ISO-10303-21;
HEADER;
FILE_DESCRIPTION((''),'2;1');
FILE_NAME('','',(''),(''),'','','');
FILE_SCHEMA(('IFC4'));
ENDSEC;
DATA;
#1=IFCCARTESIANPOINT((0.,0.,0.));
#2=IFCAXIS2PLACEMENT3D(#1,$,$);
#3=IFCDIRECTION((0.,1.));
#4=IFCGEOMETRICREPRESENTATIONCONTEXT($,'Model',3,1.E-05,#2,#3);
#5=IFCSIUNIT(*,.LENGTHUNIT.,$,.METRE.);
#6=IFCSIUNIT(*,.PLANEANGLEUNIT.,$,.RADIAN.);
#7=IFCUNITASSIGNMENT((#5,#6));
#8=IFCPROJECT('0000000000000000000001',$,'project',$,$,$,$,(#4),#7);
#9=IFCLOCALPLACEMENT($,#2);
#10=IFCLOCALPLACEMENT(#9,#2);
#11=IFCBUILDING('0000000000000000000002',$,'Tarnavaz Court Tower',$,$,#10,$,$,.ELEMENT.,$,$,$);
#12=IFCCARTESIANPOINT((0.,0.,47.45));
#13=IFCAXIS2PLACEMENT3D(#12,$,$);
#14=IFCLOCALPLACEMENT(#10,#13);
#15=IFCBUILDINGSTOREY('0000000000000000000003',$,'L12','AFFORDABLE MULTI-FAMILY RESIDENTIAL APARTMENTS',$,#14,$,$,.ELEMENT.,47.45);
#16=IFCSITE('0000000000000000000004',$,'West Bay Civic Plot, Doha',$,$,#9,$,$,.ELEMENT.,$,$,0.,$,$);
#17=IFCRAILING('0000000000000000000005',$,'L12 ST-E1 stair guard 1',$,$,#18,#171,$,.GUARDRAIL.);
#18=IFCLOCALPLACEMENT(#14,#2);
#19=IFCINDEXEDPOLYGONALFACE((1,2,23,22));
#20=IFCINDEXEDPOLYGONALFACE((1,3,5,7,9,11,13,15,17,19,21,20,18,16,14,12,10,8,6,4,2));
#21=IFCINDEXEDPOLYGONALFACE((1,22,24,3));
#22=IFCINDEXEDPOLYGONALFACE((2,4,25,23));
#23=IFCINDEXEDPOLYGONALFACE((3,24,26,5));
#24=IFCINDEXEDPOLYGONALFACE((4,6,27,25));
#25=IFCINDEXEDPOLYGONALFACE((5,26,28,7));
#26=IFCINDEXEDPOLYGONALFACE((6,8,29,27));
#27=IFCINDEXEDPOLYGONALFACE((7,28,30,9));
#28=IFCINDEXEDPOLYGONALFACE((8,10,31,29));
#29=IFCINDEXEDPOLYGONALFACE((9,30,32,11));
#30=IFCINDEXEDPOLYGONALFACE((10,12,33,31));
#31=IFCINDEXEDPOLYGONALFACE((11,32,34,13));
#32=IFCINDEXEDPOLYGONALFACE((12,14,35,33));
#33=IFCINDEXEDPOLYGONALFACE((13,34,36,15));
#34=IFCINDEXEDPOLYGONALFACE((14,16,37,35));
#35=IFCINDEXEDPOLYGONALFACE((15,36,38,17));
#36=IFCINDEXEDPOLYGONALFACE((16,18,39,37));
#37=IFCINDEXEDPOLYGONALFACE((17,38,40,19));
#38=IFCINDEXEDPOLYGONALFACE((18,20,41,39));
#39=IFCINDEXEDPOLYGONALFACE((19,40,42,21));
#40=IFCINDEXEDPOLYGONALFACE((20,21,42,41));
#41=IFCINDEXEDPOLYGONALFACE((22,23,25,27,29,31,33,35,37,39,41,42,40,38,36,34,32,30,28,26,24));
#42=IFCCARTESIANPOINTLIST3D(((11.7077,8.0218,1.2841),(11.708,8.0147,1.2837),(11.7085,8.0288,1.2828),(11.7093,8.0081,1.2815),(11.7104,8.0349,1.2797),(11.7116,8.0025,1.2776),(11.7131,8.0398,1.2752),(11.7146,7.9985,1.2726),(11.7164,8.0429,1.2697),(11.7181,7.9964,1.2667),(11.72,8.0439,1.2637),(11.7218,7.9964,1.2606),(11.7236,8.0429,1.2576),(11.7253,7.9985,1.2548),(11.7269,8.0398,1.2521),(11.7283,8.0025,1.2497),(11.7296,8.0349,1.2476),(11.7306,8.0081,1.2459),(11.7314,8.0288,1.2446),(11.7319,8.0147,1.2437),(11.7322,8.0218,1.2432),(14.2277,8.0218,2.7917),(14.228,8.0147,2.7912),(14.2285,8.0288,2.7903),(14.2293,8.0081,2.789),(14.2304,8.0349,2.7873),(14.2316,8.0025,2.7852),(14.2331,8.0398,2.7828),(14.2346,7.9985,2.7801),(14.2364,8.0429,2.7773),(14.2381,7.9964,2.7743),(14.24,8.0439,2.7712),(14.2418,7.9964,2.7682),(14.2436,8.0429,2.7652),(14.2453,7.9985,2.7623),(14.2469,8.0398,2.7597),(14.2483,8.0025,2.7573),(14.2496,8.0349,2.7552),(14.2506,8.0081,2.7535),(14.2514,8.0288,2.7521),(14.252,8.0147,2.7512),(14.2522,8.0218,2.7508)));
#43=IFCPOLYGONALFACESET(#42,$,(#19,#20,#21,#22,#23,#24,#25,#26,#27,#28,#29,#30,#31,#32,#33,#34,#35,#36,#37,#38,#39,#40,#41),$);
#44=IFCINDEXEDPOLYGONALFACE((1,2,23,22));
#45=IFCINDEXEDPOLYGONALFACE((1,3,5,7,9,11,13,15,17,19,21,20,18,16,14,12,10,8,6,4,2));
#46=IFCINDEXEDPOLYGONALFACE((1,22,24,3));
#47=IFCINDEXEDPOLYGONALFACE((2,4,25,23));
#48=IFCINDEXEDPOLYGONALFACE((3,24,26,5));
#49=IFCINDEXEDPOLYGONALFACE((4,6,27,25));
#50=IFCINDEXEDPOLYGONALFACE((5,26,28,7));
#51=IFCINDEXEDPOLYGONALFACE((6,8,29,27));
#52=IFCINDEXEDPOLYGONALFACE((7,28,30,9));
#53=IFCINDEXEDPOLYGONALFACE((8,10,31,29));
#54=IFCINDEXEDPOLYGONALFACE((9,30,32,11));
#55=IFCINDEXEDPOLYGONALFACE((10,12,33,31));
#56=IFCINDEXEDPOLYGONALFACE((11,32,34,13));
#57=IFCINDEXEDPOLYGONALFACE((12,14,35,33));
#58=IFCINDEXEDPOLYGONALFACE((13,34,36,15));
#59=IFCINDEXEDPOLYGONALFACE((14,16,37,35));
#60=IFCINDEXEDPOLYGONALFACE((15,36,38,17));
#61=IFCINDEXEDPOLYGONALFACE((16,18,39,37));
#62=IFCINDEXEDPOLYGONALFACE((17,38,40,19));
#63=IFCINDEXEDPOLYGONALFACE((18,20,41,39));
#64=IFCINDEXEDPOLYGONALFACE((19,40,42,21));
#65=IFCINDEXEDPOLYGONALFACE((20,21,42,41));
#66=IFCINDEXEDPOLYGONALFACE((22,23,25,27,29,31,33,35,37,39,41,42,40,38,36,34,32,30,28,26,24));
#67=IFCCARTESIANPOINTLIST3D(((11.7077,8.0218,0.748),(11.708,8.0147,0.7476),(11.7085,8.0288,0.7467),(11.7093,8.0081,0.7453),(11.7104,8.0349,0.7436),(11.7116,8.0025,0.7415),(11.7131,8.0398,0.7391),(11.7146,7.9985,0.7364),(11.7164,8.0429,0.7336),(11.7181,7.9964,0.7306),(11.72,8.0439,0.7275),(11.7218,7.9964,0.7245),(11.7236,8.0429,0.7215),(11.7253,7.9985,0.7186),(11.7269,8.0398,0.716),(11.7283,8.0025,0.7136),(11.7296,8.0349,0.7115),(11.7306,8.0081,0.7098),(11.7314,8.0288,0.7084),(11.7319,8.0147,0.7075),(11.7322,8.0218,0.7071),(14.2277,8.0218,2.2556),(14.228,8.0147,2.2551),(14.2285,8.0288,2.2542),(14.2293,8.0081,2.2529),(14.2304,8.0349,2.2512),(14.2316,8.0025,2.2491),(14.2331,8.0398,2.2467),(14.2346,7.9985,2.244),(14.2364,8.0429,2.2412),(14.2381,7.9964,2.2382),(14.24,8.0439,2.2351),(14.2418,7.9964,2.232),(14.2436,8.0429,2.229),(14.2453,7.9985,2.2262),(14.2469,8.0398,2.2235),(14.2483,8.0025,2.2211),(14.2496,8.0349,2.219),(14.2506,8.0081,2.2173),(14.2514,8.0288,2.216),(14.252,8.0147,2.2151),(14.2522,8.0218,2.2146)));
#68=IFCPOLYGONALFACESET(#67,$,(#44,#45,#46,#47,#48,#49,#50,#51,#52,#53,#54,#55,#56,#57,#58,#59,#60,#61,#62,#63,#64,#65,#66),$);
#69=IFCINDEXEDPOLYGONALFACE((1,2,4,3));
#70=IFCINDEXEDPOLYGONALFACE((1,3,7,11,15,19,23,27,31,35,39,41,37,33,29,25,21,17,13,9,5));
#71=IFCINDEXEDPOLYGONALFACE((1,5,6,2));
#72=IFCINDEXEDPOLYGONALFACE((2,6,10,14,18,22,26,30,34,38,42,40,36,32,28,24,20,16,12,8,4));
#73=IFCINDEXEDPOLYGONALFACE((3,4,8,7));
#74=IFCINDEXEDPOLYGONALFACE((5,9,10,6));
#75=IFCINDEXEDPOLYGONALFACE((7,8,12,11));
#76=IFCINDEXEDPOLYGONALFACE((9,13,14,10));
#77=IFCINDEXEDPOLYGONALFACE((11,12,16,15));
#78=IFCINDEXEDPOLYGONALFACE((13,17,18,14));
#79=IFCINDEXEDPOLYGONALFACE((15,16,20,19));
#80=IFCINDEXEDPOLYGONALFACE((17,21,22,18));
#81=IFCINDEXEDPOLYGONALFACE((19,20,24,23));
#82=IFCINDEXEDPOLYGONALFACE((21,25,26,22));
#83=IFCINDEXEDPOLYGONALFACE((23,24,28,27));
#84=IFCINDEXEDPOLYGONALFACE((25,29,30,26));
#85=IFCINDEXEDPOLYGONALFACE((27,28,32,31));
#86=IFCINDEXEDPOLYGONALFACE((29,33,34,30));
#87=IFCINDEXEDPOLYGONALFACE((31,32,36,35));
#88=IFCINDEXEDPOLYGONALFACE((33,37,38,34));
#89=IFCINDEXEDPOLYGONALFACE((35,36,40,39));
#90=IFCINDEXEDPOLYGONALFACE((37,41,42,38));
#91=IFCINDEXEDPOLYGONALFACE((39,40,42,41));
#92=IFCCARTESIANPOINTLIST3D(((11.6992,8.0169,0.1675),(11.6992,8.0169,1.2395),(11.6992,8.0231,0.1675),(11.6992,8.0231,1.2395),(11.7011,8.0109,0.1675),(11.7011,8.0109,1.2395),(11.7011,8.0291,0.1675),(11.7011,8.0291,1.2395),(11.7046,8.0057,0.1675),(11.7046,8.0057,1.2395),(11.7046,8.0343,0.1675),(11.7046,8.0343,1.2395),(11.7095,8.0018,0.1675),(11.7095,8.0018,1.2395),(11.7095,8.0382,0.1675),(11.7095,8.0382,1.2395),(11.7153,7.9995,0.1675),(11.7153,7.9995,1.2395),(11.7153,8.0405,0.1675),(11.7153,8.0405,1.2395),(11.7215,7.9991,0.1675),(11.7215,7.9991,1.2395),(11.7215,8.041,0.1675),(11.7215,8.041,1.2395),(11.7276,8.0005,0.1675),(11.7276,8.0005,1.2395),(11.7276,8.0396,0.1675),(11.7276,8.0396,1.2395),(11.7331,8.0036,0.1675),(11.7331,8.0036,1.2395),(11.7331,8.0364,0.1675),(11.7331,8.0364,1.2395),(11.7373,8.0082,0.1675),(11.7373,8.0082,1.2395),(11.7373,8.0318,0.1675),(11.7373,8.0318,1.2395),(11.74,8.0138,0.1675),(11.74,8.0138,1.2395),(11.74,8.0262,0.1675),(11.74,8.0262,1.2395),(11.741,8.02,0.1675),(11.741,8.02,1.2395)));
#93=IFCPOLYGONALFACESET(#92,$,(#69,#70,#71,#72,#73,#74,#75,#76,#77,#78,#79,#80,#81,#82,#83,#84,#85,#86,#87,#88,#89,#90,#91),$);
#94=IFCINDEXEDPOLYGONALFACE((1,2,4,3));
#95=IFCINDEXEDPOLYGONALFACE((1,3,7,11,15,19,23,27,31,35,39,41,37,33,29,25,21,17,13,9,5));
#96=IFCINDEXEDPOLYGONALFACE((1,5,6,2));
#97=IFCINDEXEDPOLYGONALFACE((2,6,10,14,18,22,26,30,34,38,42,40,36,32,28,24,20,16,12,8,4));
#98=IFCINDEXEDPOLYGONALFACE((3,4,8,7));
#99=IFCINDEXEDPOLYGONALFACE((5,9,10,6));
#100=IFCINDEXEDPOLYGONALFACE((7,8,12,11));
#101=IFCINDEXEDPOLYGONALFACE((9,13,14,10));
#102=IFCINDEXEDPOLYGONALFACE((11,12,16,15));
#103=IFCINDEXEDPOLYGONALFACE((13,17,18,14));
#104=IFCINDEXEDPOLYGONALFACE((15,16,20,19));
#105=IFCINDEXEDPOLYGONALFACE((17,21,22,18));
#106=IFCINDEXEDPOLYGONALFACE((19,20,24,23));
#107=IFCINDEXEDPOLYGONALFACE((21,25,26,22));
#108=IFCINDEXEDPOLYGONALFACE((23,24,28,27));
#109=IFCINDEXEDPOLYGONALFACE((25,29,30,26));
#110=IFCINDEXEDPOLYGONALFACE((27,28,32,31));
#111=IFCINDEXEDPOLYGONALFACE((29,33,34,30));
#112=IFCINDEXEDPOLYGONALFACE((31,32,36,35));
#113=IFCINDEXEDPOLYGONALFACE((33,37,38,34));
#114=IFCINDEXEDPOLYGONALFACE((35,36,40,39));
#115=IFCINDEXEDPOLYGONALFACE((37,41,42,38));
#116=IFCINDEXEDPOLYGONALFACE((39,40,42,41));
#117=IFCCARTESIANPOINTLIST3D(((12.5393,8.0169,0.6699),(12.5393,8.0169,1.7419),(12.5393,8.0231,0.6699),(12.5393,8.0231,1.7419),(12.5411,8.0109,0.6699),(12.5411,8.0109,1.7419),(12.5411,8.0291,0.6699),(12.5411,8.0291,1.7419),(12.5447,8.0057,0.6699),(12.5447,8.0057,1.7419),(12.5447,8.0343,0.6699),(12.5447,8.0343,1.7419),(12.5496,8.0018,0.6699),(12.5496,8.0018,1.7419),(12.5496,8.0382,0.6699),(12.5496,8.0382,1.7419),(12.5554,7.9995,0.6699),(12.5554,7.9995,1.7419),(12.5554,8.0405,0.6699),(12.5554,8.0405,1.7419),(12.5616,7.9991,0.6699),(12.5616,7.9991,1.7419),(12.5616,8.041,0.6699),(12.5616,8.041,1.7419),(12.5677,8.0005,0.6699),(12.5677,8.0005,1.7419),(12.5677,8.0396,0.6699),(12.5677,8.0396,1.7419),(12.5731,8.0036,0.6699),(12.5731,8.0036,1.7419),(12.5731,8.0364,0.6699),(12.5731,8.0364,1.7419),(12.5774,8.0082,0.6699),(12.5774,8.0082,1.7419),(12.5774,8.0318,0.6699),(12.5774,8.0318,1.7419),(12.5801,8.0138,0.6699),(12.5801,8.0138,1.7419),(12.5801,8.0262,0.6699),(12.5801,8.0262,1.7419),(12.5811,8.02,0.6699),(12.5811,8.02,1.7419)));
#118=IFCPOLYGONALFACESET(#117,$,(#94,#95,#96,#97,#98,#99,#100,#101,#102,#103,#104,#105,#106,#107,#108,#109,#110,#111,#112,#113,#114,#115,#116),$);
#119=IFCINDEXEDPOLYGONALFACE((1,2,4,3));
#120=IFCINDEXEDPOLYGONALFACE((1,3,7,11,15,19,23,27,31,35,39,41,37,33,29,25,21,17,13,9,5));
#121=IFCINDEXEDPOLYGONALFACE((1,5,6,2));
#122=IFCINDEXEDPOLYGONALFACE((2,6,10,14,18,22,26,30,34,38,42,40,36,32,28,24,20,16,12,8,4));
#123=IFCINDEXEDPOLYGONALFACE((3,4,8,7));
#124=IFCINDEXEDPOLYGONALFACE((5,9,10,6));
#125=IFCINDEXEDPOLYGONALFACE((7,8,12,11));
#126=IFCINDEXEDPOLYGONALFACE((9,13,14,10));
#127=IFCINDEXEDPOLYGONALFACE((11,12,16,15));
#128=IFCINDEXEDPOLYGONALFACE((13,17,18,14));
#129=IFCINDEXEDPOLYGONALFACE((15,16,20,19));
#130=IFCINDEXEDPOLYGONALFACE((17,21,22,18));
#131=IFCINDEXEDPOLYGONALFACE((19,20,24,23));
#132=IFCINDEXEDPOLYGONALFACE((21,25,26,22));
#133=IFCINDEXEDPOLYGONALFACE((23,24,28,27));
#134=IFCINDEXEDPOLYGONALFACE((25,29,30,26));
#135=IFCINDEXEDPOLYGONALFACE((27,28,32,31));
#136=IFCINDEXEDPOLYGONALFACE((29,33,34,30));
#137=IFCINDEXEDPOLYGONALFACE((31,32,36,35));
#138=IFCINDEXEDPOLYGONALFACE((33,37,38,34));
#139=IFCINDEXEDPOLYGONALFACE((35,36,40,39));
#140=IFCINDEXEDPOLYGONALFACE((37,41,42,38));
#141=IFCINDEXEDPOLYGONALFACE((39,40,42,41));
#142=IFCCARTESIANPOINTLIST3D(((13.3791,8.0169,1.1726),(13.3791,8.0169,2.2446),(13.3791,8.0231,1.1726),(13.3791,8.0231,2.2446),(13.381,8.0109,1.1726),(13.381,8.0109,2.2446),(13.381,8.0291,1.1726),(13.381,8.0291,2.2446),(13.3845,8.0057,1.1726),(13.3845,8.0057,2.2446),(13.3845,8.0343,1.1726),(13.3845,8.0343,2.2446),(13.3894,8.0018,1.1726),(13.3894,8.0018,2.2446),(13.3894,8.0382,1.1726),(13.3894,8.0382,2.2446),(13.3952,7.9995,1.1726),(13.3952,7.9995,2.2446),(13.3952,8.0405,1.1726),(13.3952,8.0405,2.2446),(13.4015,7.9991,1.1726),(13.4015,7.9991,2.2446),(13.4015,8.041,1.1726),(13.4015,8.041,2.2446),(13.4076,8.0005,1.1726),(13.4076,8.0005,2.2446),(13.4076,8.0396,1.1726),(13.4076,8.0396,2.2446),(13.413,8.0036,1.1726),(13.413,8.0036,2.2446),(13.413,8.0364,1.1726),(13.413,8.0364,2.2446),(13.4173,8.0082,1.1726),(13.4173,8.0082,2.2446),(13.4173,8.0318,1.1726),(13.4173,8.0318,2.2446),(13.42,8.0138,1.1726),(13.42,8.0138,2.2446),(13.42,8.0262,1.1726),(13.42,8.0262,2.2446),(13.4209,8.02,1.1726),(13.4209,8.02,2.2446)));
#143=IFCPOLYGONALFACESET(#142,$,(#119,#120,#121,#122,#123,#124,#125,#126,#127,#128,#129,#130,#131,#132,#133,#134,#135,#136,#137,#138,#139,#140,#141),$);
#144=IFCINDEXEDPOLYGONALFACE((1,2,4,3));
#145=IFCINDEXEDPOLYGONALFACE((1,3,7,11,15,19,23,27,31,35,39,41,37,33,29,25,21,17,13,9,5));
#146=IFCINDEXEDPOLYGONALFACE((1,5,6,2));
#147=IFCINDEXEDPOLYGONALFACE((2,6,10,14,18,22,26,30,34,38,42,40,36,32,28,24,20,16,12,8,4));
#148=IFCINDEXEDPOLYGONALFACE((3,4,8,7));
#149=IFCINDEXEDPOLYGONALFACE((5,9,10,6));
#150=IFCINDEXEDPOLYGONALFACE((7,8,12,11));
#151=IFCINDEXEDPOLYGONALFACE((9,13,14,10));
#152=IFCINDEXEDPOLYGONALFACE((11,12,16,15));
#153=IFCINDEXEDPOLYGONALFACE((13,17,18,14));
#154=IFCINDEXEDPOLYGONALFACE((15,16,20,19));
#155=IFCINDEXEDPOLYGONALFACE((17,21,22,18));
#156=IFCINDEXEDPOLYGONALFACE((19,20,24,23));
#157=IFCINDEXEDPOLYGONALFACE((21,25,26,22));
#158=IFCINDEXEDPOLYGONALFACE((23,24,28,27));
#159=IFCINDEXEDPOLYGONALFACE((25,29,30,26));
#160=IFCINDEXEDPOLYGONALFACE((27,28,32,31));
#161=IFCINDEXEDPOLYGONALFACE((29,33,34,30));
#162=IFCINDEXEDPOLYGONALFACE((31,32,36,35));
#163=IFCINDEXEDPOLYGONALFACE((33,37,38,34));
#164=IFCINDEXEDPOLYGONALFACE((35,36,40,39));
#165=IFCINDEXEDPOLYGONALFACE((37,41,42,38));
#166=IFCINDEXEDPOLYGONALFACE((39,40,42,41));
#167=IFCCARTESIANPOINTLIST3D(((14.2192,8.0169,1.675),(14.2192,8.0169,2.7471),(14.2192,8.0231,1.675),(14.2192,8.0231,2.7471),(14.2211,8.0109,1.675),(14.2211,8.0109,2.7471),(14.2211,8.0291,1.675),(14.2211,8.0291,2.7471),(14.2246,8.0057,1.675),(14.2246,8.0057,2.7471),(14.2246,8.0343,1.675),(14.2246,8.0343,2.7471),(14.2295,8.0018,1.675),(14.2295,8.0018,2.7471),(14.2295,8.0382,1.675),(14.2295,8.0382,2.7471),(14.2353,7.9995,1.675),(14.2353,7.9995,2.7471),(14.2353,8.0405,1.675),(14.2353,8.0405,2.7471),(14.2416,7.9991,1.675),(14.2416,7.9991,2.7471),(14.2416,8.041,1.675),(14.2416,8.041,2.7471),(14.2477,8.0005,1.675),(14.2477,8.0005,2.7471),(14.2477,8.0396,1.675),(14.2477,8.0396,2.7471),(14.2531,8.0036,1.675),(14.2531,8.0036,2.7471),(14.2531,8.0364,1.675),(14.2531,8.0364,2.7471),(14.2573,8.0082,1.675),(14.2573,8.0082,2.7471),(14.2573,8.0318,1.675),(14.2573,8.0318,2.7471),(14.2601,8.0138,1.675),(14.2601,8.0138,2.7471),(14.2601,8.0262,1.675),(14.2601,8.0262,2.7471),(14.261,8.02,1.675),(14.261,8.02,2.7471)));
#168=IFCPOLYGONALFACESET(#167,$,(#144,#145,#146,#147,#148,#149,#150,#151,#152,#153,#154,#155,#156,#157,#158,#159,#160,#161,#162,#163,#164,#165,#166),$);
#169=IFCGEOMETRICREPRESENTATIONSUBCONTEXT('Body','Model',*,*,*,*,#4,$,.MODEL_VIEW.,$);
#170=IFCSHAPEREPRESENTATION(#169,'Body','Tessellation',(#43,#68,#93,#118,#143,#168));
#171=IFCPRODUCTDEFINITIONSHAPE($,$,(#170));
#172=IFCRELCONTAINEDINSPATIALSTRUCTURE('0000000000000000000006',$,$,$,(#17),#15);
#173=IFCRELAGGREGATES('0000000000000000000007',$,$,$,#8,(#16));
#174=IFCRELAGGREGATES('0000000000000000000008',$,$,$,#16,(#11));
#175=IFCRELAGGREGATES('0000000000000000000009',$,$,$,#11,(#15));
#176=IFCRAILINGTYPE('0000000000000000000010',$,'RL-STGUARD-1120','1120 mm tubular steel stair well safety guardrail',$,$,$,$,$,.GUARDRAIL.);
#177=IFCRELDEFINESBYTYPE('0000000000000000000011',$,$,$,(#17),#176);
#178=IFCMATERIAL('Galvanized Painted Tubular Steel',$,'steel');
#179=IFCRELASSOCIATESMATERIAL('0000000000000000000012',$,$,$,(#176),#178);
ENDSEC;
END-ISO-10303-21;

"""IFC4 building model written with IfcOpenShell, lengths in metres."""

from ifc_helpers import new_model, si_unit, direction, frame, origin, origin_2d, place, context, subcontext, project, spatial, circle, extrude, material, type_object, element, save


model = new_model("IFC4")

# Units and contexts
model_context = context("Model", 3, precision=1e-05, world=origin(), true_north=direction((0.0, 1.0)))
body_context = subcontext(model_context, "Body", "Model", "MODEL_VIEW")
ifc_project = project(units=[si_unit("LENGTHUNIT", "METRE"), si_unit("PLANEANGLEUNIT", "RADIAN")], contexts=[model_context])

# Site, building, storey
site_placement = place(None, origin())
site = spatial("IfcSite", under=ifc_project, at=site_placement, Name="West Bay Civic Plot, Doha", CompositionType="ELEMENT", RefElevation=0.0)
building_placement = place(site_placement, origin())
building = spatial("IfcBuilding", under=site, at=building_placement, Name="Tarnavaz Court Tower", CompositionType="ELEMENT")
storey_placement = place(building_placement, frame((0.0, 0.0, 47.45)))
storey = spatial("IfcBuildingStorey", under=building, at=storey_placement, Name="L12", Description="AFFORDABLE MULTI-FAMILY RESIDENTIAL APARTMENTS", CompositionType="ELEMENT", Elevation=47.45)

# Railing
ifc_material_1 = material(Name="Galvanized Painted Tubular Steel", Category="steel")
railing_type_1 = type_object("IfcRailingType", Name="RL-STGUARD-1120", Description="1120 mm tubular steel stair well safety guardrail", PredefinedType="GUARDRAIL", material=ifc_material_1)
railing_1_placement = place(storey_placement, frame((11.72, 8.02, 0.1675)))
element("IfcRailing", 1, at=railing_1_placement, inside=storey, type_object=railing_type_1, Name="L12 ST-E1 stair guard 1", PredefinedType="GUARDRAIL", context=body_context, shape_type="SweptSolid", body=[
    extrude(circle(Radius=0.0239, at=origin_2d()), frame((0.0, 0.0, 1.0962), z_axis=(0.85816, 0.0, 0.513383), x_axis=(0.0, 1.0, 0.0)), (0.0, 0.0, 1.0), 2.9365),
    extrude(circle(Radius=0.0239, at=origin_2d()), frame((0.0, 0.0, 0.5601), z_axis=(0.85816, 0.0, 0.513383), x_axis=(0.0, 1.0, 0.0)), (0.0, 0.0, 1.0), 2.9365),
    extrude(circle(Radius=0.021, at=origin_2d()), origin(), (0.0, 0.0, 1.0), 1.072),
    extrude(circle(Radius=0.021, at=origin_2d()), frame((0.8401, 0.0, 0.5024)), (0.0, 0.0, 1.0), 1.072),
    extrude(circle(Radius=0.021, at=origin_2d()), frame((1.6799, 0.0, 1.0051)), (0.0, 0.0, 1.0), 1.072),
    extrude(circle(Radius=0.021, at=origin_2d()), frame((2.52, 0.0, 1.5076)), (0.0, 0.0, 1.0), 1.072),
])

save(model, "model.ifc")
